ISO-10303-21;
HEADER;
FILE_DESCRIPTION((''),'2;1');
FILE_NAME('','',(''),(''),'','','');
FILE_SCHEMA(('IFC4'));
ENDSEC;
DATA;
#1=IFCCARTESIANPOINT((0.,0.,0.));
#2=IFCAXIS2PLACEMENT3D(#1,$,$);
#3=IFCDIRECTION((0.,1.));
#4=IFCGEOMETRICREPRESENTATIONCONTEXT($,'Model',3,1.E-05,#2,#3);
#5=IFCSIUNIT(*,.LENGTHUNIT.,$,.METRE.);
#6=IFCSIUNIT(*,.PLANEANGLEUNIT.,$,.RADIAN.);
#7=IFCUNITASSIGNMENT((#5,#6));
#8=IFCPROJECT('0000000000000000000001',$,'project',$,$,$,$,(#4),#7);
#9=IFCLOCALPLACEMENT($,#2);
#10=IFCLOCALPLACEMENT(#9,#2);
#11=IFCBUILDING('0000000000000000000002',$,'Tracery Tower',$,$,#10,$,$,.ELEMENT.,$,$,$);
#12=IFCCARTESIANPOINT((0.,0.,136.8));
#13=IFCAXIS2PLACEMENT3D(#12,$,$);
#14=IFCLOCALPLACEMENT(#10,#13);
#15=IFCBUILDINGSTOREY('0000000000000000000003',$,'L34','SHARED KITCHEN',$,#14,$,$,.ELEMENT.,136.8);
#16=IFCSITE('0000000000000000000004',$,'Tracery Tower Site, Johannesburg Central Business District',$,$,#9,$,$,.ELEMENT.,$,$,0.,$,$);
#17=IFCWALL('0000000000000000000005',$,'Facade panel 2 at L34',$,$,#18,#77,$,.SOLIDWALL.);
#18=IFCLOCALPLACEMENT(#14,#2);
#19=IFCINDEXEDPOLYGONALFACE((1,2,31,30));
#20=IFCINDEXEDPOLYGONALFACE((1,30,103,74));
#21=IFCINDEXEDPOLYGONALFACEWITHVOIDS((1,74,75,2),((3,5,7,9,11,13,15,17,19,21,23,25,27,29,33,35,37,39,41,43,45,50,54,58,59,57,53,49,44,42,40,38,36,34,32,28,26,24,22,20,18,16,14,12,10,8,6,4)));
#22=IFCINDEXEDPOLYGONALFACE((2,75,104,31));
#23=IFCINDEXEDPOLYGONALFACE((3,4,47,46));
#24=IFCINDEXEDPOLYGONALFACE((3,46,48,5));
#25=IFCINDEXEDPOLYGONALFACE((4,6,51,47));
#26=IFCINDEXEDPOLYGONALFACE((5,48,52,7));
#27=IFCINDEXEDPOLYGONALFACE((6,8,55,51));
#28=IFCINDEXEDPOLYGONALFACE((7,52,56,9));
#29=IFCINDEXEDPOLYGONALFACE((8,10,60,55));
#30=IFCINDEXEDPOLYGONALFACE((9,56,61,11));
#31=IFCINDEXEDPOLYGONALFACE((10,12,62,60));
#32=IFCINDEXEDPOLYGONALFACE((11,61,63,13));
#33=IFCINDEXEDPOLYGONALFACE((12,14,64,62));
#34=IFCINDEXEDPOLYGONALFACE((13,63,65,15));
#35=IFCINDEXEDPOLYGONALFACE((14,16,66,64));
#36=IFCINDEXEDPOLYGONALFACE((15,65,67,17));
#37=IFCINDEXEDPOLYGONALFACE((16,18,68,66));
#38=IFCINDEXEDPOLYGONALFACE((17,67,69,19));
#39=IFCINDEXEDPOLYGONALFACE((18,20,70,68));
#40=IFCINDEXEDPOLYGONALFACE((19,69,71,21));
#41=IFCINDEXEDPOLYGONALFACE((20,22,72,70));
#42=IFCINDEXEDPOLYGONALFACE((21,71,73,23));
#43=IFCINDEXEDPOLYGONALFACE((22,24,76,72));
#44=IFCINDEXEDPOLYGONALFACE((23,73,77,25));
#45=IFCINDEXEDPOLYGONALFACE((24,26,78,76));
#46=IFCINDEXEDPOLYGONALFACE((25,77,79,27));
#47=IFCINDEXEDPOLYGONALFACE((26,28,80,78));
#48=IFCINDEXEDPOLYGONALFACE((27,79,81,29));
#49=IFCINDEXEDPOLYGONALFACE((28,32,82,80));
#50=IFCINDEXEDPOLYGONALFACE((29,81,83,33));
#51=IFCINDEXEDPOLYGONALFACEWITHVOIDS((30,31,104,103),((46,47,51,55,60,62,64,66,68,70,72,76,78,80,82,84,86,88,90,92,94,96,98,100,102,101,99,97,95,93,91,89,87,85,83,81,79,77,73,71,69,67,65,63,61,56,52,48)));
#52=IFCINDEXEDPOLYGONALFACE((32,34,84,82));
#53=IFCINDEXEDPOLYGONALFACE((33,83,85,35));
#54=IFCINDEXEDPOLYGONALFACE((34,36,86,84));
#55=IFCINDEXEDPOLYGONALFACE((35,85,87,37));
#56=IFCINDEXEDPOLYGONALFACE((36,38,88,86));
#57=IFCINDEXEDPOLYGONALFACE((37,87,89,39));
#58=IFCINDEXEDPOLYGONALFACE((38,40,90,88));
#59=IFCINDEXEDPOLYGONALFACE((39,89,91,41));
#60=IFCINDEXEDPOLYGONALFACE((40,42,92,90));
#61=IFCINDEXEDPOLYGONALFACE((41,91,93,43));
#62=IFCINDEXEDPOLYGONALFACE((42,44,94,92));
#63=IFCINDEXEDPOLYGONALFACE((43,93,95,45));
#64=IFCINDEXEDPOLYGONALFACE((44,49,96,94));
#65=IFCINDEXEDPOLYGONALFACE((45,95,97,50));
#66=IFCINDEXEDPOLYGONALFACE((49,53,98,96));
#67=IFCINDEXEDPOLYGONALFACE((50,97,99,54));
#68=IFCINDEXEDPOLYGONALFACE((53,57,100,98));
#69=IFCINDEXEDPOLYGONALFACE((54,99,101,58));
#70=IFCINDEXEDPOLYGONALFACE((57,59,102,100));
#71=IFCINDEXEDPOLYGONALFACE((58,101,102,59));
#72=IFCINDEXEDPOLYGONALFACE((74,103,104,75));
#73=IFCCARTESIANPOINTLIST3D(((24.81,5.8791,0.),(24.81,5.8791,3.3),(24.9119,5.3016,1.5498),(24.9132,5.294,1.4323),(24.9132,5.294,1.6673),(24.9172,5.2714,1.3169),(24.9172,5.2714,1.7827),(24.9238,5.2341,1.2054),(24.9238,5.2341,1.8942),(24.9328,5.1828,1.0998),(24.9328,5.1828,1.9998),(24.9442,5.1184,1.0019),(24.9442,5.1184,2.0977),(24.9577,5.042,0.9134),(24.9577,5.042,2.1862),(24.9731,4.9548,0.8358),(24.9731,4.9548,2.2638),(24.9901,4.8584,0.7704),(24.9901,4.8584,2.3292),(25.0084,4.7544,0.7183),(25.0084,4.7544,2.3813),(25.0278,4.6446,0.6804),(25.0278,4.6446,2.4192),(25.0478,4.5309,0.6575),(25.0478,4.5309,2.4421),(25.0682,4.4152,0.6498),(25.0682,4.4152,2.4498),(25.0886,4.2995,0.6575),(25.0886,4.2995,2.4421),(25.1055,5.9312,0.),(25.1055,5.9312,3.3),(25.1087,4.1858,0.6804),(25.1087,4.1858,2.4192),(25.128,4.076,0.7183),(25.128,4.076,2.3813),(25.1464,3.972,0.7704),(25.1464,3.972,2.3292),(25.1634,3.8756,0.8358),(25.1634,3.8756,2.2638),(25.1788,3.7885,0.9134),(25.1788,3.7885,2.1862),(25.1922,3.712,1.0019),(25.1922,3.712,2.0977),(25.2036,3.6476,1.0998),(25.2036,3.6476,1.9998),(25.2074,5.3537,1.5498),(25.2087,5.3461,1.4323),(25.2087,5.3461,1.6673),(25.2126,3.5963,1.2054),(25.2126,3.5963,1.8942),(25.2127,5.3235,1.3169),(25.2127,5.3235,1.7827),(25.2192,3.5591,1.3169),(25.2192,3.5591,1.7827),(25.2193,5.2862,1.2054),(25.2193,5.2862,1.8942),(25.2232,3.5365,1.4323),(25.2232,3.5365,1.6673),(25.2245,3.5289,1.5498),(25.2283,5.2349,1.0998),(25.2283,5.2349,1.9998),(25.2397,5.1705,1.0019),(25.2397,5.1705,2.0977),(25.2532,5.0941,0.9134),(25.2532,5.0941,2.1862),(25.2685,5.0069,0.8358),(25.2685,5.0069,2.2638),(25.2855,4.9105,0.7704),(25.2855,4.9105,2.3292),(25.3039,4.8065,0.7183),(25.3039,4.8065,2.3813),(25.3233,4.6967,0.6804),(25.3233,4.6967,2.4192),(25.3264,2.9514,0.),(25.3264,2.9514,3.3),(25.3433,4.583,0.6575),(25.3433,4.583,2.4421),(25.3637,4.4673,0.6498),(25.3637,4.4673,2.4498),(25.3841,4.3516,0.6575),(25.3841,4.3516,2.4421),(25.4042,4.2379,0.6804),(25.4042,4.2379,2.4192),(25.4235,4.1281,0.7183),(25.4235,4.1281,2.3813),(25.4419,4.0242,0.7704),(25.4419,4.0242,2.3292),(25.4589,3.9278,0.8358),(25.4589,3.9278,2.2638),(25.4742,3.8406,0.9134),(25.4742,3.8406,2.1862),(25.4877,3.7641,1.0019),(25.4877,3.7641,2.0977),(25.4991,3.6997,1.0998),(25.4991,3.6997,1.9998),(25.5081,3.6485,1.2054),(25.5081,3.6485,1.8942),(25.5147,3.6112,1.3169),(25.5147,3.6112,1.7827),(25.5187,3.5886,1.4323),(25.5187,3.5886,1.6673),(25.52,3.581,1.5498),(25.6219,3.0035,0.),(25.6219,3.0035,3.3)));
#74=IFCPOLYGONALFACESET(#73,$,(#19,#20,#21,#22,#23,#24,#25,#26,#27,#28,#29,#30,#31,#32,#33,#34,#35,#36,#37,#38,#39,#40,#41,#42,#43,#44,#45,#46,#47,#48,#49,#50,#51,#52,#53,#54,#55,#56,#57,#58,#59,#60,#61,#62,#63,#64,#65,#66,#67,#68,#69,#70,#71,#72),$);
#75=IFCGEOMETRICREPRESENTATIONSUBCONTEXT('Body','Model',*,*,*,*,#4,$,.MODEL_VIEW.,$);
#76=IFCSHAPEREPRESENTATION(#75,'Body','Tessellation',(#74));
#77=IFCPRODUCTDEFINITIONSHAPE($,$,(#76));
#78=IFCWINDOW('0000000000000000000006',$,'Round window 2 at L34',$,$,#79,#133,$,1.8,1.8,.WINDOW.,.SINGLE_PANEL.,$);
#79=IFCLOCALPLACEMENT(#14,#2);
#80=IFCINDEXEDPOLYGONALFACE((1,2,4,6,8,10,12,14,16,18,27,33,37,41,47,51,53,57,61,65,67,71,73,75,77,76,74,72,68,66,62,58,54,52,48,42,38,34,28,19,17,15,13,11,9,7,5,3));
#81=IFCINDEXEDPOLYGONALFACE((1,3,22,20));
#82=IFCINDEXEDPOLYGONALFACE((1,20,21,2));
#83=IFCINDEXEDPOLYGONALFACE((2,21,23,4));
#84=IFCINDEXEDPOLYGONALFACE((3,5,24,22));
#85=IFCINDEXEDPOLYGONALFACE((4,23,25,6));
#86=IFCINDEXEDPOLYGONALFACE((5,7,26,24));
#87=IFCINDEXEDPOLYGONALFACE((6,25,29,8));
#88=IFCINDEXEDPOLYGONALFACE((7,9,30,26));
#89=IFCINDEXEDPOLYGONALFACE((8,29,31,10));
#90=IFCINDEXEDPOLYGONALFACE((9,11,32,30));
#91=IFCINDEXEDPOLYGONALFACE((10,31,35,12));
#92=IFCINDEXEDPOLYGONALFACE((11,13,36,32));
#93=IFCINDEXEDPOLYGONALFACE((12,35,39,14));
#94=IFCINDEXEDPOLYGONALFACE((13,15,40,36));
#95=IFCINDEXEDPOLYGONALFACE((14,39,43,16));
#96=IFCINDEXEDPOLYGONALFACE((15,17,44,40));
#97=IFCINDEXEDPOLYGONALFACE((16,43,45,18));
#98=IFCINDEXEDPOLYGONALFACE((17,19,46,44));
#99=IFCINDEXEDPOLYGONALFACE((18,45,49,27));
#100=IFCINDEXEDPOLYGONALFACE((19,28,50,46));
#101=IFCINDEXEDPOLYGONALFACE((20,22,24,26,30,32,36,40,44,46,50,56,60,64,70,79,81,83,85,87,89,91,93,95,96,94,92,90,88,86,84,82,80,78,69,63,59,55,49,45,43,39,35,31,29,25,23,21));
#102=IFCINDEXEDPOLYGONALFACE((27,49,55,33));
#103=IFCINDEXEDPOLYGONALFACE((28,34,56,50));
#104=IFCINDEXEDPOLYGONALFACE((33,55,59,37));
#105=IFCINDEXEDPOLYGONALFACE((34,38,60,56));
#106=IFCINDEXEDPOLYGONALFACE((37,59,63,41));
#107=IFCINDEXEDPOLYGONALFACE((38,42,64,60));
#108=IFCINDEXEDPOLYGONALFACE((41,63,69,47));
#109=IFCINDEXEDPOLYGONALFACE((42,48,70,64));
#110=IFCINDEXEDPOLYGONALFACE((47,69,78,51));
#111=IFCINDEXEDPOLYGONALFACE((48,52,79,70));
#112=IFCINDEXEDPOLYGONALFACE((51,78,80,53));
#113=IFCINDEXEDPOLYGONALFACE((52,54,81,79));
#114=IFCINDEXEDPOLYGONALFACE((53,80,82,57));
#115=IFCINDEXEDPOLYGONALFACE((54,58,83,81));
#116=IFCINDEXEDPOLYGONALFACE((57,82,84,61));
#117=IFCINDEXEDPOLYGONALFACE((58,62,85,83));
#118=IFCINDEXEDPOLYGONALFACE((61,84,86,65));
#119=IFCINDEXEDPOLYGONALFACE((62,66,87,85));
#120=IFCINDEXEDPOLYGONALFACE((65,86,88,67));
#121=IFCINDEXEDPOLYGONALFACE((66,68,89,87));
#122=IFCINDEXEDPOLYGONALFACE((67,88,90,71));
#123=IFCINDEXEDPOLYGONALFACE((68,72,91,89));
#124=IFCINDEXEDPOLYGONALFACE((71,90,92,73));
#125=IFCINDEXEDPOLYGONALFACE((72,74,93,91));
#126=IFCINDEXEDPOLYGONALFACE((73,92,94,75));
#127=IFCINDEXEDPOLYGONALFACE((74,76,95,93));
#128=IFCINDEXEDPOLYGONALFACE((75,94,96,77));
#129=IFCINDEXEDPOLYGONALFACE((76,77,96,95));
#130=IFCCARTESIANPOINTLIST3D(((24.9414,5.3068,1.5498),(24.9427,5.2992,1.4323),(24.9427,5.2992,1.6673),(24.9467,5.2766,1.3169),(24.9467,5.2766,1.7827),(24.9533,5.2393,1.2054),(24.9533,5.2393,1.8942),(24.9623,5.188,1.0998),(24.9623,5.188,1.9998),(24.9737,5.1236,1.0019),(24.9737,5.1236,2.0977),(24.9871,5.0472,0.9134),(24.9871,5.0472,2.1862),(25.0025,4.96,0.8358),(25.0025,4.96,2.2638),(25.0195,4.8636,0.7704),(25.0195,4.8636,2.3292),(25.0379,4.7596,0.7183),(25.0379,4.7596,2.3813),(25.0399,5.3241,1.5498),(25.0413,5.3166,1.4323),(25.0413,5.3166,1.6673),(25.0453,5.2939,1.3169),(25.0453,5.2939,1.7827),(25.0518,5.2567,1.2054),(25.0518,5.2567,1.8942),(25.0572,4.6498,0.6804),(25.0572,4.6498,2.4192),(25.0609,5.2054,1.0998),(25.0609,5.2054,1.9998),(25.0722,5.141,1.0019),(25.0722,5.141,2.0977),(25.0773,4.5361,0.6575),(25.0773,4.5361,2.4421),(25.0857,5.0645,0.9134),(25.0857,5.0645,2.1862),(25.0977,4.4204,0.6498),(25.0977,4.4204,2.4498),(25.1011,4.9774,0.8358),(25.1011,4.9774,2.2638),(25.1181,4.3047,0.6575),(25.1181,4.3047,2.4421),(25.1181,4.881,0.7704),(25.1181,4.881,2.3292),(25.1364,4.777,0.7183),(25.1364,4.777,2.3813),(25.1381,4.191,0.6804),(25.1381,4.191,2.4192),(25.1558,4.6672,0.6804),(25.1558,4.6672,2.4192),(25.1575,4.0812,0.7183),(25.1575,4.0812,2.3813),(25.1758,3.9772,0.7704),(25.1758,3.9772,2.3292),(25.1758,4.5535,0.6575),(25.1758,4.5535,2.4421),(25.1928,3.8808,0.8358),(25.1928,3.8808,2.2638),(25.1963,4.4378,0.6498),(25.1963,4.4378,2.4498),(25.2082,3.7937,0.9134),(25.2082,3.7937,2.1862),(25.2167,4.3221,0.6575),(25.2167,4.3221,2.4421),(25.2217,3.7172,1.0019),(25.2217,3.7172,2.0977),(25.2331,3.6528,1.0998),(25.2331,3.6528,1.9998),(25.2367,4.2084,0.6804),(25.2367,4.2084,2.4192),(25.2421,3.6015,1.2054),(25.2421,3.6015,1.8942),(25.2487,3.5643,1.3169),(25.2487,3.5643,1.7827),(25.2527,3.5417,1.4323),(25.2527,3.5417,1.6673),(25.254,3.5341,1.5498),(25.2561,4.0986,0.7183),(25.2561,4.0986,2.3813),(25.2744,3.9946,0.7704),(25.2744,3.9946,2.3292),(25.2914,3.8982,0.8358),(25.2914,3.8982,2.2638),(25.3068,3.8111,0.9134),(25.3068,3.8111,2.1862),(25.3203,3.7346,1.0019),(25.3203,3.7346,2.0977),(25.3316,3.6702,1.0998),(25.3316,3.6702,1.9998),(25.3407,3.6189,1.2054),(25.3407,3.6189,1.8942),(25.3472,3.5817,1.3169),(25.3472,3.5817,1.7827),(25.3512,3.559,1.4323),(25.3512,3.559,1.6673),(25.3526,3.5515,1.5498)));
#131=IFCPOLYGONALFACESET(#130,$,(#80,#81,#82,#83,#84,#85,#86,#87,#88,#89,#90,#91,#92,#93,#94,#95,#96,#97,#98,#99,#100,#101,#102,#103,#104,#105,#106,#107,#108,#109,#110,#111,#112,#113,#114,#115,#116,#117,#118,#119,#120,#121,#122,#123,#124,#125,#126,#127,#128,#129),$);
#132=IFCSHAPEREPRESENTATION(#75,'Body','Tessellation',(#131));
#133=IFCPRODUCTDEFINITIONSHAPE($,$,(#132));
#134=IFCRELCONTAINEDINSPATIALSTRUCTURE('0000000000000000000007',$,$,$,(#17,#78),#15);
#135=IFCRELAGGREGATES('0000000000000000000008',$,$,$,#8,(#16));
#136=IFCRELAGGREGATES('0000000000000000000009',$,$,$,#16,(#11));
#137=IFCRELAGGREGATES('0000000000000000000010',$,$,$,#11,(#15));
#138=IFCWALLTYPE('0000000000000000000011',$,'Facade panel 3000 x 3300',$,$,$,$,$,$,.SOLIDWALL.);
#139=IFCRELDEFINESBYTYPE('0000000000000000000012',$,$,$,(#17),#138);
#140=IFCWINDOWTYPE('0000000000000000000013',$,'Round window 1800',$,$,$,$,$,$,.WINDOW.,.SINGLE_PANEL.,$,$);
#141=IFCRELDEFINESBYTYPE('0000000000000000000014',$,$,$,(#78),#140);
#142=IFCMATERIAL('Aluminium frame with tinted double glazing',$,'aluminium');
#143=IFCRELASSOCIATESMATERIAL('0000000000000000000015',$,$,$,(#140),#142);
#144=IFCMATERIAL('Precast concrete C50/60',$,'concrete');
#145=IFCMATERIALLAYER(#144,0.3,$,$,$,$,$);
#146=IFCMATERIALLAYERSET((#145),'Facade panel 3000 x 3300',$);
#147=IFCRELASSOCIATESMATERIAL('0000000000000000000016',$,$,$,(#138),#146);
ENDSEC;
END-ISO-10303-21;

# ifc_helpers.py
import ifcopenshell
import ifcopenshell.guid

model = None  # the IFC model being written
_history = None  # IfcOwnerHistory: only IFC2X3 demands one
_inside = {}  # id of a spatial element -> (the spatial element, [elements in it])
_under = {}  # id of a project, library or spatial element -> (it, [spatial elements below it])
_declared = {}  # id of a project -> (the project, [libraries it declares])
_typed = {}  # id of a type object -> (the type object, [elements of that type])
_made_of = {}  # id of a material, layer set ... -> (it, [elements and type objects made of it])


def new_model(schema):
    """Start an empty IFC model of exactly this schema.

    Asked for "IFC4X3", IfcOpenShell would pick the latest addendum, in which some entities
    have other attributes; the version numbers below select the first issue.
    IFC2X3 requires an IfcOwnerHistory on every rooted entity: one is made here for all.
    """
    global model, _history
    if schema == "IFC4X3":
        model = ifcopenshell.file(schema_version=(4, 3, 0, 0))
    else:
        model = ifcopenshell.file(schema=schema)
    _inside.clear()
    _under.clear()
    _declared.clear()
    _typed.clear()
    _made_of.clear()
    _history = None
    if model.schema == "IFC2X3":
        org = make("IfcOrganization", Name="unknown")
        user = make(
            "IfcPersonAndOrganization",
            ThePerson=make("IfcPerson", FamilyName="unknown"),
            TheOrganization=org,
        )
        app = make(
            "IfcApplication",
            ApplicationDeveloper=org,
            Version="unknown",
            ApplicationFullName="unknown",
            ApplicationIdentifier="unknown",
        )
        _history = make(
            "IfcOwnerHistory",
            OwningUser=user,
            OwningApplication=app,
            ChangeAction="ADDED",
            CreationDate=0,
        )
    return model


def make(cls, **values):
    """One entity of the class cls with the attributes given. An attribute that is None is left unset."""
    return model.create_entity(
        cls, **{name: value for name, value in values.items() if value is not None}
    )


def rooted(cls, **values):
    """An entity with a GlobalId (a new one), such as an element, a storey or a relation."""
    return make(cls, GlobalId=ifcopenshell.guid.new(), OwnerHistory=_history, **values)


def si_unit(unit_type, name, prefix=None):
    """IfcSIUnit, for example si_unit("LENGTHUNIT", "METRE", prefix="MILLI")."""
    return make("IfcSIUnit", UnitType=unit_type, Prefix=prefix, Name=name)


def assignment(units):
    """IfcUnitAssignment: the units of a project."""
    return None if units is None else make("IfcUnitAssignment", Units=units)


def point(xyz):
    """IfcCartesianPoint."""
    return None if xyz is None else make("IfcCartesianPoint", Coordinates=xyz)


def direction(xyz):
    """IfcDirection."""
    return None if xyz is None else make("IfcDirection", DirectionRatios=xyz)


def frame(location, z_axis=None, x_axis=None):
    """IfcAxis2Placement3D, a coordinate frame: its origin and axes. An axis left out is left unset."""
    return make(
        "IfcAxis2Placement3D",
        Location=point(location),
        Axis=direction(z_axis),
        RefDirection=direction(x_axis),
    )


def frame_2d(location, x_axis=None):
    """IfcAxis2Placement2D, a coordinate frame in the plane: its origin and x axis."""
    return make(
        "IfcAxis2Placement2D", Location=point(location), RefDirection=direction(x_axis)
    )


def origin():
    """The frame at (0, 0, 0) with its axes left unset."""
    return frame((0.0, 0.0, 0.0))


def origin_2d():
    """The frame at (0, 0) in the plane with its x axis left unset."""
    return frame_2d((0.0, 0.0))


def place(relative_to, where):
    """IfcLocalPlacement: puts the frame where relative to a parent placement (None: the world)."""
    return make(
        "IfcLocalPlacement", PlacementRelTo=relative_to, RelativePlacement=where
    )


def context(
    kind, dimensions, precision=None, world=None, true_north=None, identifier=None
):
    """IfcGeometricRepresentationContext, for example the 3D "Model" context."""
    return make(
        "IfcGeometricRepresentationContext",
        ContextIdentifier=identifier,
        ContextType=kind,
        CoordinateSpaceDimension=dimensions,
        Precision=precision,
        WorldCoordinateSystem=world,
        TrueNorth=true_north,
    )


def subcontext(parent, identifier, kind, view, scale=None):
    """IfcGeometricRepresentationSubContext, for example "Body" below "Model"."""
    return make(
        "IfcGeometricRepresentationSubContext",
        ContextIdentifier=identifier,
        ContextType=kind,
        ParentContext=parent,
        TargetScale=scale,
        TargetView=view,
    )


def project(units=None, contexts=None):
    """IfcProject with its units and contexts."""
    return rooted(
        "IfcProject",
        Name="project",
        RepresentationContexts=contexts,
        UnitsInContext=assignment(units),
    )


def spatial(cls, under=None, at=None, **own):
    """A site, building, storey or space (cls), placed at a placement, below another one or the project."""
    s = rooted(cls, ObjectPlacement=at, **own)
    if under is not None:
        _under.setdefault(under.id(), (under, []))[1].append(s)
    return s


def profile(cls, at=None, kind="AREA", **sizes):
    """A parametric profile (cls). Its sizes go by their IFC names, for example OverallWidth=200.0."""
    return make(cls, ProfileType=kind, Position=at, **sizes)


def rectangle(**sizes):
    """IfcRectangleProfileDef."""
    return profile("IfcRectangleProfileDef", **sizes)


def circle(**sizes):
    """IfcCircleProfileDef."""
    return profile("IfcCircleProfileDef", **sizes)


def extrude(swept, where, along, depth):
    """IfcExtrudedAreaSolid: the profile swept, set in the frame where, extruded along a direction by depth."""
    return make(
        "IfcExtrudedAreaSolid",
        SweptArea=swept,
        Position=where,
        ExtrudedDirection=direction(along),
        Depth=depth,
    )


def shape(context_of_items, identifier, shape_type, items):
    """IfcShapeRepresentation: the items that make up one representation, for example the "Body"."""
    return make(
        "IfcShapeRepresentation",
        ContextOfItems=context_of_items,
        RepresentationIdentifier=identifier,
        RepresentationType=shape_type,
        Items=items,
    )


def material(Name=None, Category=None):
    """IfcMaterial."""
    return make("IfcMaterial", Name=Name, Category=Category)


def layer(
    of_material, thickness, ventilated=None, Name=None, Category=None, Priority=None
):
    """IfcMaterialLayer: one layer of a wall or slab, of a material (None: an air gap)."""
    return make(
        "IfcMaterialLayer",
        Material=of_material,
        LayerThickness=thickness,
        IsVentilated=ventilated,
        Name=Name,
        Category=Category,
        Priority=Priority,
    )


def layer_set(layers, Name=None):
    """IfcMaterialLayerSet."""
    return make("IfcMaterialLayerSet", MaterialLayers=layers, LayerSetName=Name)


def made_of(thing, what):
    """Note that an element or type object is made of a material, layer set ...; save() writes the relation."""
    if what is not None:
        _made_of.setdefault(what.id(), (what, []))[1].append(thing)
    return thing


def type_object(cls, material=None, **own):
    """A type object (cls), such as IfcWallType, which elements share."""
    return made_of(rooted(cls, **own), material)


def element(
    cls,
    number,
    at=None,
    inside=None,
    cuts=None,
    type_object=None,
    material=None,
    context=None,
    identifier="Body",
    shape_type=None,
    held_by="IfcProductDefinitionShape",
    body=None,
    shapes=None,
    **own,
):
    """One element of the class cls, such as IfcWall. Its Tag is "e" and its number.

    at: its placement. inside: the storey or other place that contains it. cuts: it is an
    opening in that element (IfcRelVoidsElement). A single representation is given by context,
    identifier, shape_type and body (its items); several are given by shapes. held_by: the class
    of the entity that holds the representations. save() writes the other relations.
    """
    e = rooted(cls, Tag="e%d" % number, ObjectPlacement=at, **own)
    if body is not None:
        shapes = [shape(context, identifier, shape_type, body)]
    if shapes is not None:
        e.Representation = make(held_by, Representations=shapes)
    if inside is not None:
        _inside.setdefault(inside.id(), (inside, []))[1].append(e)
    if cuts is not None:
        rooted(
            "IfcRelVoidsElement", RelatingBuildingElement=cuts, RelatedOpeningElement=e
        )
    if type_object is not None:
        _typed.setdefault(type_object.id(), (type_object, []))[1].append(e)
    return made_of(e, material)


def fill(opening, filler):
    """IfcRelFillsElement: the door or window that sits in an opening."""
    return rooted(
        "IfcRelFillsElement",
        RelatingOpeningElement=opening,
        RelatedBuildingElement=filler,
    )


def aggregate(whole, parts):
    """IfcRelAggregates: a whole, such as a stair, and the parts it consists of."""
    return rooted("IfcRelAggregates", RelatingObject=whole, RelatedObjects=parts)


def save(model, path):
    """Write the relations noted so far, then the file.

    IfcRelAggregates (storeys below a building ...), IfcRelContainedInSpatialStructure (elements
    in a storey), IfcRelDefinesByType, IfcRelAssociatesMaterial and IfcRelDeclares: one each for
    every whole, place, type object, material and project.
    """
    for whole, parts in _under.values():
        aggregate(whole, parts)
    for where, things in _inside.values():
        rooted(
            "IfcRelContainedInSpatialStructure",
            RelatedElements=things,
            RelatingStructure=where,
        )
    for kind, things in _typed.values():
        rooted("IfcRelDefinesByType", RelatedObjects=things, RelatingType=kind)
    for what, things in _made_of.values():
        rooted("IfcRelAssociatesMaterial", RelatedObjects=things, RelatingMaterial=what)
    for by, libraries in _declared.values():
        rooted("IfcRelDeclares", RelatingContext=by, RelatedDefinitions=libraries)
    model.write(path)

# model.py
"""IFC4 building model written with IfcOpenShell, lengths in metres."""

from ifc_helpers import new_model, si_unit, direction, frame, frame_2d, origin, origin_2d, place, context, subcontext, project, spatial, rectangle, circle, extrude, material, layer, layer_set, type_object, element, fill, save


model = new_model("IFC4")

# Units and contexts
model_context = context("Model", 3, precision=1e-05, world=origin(), true_north=direction((0.0, 1.0)))
body_context = subcontext(model_context, "Body", "Model", "MODEL_VIEW")
ifc_project = project(units=[si_unit("LENGTHUNIT", "METRE"), si_unit("PLANEANGLEUNIT", "RADIAN")], contexts=[model_context])

# Site, building, storey
site_placement = place(None, origin())
site = spatial("IfcSite", under=ifc_project, at=site_placement, Name="Tracery Tower Site, Johannesburg Central Business District", CompositionType="ELEMENT", RefElevation=0.0)
building_placement = place(site_placement, origin())
building = spatial("IfcBuilding", under=site, at=building_placement, Name="Tracery Tower", CompositionType="ELEMENT")
storey_placement = place(building_placement, frame((0.0, 0.0, 136.8)))
storey = spatial("IfcBuildingStorey", under=building, at=storey_placement, Name="L34", Description="SHARED KITCHEN", CompositionType="ELEMENT", Elevation=136.8)

# Wall, opening, window
ifc_material_1 = material(Name="Aluminium frame with tinted double glazing", Category="aluminium")
window_type = type_object("IfcWindowType", Name="Round window 1800", PartitioningType="SINGLE_PANEL", PredefinedType="WINDOW", material=ifc_material_1)
ifc_material_2 = material(Name="Precast concrete C50/60", Category="concrete")
ifc_layer_1 = layer(ifc_material_2, 0.3)
ifc_layer_set_1 = layer_set([ifc_layer_1], Name="Facade panel 3000 x 3300")
wall_type_1 = type_object("IfcWallType", Name="Facade panel 3000 x 3300", PredefinedType="SOLIDWALL", material=ifc_layer_set_1)
wall_1_placement = place(storey_placement, frame((25.4741, 2.9775, 0.0), z_axis=(0.0, 0.0, 1.0), x_axis=(-0.173687, 0.984801, 0.0)))
wall_1 = element("IfcWall", 1, at=wall_1_placement, inside=storey, type_object=wall_type_1, Name="Facade panel 2 at L34", PredefinedType="SOLIDWALL", context=body_context, shape_type="SweptSolid", body=[
    extrude(rectangle(XDim=2.9729, YDim=0.3, at=frame_2d((1.4863, 0.0))), origin(), (0.0, 0.0, 1.0), 3.3),
])
opening_1_placement = place(wall_1_placement, frame((1.4863, 0.0, 1.5498)))
opening_1 = element("IfcOpeningElement", 2, at=opening_1_placement, cuts=wall_1, PredefinedType="OPENING", context=body_context, shape_type="SweptSolid", body=[
    extrude(circle(Radius=0.9, at=origin_2d()), frame((0.0, 0.1599, 0.0), z_axis=(0.0, -1.0, 0.0), x_axis=(1.0, 0.0, 0.0)), (0.0, 0.0, 1.0), 0.3201),
])
window_1_placement = place(opening_1_placement, origin())
window_1 = element("IfcWindow", 3, at=window_1_placement, inside=storey, type_object=window_type, Name="Round window 2 at L34", OverallHeight=1.8, OverallWidth=1.8, PartitioningType="SINGLE_PANEL", PredefinedType="WINDOW", context=body_context, shape_type="SweptSolid", body=[
    extrude(circle(Radius=0.9, at=origin_2d()), frame((0.0, 0.1201, 0.0), z_axis=(0.0, -1.0, 0.0), x_axis=(1.0, 0.0, 0.0)), (0.0, 0.0, 1.0), 0.1001),
])
fill(opening_1, window_1)

save(model, "model.ifc")
